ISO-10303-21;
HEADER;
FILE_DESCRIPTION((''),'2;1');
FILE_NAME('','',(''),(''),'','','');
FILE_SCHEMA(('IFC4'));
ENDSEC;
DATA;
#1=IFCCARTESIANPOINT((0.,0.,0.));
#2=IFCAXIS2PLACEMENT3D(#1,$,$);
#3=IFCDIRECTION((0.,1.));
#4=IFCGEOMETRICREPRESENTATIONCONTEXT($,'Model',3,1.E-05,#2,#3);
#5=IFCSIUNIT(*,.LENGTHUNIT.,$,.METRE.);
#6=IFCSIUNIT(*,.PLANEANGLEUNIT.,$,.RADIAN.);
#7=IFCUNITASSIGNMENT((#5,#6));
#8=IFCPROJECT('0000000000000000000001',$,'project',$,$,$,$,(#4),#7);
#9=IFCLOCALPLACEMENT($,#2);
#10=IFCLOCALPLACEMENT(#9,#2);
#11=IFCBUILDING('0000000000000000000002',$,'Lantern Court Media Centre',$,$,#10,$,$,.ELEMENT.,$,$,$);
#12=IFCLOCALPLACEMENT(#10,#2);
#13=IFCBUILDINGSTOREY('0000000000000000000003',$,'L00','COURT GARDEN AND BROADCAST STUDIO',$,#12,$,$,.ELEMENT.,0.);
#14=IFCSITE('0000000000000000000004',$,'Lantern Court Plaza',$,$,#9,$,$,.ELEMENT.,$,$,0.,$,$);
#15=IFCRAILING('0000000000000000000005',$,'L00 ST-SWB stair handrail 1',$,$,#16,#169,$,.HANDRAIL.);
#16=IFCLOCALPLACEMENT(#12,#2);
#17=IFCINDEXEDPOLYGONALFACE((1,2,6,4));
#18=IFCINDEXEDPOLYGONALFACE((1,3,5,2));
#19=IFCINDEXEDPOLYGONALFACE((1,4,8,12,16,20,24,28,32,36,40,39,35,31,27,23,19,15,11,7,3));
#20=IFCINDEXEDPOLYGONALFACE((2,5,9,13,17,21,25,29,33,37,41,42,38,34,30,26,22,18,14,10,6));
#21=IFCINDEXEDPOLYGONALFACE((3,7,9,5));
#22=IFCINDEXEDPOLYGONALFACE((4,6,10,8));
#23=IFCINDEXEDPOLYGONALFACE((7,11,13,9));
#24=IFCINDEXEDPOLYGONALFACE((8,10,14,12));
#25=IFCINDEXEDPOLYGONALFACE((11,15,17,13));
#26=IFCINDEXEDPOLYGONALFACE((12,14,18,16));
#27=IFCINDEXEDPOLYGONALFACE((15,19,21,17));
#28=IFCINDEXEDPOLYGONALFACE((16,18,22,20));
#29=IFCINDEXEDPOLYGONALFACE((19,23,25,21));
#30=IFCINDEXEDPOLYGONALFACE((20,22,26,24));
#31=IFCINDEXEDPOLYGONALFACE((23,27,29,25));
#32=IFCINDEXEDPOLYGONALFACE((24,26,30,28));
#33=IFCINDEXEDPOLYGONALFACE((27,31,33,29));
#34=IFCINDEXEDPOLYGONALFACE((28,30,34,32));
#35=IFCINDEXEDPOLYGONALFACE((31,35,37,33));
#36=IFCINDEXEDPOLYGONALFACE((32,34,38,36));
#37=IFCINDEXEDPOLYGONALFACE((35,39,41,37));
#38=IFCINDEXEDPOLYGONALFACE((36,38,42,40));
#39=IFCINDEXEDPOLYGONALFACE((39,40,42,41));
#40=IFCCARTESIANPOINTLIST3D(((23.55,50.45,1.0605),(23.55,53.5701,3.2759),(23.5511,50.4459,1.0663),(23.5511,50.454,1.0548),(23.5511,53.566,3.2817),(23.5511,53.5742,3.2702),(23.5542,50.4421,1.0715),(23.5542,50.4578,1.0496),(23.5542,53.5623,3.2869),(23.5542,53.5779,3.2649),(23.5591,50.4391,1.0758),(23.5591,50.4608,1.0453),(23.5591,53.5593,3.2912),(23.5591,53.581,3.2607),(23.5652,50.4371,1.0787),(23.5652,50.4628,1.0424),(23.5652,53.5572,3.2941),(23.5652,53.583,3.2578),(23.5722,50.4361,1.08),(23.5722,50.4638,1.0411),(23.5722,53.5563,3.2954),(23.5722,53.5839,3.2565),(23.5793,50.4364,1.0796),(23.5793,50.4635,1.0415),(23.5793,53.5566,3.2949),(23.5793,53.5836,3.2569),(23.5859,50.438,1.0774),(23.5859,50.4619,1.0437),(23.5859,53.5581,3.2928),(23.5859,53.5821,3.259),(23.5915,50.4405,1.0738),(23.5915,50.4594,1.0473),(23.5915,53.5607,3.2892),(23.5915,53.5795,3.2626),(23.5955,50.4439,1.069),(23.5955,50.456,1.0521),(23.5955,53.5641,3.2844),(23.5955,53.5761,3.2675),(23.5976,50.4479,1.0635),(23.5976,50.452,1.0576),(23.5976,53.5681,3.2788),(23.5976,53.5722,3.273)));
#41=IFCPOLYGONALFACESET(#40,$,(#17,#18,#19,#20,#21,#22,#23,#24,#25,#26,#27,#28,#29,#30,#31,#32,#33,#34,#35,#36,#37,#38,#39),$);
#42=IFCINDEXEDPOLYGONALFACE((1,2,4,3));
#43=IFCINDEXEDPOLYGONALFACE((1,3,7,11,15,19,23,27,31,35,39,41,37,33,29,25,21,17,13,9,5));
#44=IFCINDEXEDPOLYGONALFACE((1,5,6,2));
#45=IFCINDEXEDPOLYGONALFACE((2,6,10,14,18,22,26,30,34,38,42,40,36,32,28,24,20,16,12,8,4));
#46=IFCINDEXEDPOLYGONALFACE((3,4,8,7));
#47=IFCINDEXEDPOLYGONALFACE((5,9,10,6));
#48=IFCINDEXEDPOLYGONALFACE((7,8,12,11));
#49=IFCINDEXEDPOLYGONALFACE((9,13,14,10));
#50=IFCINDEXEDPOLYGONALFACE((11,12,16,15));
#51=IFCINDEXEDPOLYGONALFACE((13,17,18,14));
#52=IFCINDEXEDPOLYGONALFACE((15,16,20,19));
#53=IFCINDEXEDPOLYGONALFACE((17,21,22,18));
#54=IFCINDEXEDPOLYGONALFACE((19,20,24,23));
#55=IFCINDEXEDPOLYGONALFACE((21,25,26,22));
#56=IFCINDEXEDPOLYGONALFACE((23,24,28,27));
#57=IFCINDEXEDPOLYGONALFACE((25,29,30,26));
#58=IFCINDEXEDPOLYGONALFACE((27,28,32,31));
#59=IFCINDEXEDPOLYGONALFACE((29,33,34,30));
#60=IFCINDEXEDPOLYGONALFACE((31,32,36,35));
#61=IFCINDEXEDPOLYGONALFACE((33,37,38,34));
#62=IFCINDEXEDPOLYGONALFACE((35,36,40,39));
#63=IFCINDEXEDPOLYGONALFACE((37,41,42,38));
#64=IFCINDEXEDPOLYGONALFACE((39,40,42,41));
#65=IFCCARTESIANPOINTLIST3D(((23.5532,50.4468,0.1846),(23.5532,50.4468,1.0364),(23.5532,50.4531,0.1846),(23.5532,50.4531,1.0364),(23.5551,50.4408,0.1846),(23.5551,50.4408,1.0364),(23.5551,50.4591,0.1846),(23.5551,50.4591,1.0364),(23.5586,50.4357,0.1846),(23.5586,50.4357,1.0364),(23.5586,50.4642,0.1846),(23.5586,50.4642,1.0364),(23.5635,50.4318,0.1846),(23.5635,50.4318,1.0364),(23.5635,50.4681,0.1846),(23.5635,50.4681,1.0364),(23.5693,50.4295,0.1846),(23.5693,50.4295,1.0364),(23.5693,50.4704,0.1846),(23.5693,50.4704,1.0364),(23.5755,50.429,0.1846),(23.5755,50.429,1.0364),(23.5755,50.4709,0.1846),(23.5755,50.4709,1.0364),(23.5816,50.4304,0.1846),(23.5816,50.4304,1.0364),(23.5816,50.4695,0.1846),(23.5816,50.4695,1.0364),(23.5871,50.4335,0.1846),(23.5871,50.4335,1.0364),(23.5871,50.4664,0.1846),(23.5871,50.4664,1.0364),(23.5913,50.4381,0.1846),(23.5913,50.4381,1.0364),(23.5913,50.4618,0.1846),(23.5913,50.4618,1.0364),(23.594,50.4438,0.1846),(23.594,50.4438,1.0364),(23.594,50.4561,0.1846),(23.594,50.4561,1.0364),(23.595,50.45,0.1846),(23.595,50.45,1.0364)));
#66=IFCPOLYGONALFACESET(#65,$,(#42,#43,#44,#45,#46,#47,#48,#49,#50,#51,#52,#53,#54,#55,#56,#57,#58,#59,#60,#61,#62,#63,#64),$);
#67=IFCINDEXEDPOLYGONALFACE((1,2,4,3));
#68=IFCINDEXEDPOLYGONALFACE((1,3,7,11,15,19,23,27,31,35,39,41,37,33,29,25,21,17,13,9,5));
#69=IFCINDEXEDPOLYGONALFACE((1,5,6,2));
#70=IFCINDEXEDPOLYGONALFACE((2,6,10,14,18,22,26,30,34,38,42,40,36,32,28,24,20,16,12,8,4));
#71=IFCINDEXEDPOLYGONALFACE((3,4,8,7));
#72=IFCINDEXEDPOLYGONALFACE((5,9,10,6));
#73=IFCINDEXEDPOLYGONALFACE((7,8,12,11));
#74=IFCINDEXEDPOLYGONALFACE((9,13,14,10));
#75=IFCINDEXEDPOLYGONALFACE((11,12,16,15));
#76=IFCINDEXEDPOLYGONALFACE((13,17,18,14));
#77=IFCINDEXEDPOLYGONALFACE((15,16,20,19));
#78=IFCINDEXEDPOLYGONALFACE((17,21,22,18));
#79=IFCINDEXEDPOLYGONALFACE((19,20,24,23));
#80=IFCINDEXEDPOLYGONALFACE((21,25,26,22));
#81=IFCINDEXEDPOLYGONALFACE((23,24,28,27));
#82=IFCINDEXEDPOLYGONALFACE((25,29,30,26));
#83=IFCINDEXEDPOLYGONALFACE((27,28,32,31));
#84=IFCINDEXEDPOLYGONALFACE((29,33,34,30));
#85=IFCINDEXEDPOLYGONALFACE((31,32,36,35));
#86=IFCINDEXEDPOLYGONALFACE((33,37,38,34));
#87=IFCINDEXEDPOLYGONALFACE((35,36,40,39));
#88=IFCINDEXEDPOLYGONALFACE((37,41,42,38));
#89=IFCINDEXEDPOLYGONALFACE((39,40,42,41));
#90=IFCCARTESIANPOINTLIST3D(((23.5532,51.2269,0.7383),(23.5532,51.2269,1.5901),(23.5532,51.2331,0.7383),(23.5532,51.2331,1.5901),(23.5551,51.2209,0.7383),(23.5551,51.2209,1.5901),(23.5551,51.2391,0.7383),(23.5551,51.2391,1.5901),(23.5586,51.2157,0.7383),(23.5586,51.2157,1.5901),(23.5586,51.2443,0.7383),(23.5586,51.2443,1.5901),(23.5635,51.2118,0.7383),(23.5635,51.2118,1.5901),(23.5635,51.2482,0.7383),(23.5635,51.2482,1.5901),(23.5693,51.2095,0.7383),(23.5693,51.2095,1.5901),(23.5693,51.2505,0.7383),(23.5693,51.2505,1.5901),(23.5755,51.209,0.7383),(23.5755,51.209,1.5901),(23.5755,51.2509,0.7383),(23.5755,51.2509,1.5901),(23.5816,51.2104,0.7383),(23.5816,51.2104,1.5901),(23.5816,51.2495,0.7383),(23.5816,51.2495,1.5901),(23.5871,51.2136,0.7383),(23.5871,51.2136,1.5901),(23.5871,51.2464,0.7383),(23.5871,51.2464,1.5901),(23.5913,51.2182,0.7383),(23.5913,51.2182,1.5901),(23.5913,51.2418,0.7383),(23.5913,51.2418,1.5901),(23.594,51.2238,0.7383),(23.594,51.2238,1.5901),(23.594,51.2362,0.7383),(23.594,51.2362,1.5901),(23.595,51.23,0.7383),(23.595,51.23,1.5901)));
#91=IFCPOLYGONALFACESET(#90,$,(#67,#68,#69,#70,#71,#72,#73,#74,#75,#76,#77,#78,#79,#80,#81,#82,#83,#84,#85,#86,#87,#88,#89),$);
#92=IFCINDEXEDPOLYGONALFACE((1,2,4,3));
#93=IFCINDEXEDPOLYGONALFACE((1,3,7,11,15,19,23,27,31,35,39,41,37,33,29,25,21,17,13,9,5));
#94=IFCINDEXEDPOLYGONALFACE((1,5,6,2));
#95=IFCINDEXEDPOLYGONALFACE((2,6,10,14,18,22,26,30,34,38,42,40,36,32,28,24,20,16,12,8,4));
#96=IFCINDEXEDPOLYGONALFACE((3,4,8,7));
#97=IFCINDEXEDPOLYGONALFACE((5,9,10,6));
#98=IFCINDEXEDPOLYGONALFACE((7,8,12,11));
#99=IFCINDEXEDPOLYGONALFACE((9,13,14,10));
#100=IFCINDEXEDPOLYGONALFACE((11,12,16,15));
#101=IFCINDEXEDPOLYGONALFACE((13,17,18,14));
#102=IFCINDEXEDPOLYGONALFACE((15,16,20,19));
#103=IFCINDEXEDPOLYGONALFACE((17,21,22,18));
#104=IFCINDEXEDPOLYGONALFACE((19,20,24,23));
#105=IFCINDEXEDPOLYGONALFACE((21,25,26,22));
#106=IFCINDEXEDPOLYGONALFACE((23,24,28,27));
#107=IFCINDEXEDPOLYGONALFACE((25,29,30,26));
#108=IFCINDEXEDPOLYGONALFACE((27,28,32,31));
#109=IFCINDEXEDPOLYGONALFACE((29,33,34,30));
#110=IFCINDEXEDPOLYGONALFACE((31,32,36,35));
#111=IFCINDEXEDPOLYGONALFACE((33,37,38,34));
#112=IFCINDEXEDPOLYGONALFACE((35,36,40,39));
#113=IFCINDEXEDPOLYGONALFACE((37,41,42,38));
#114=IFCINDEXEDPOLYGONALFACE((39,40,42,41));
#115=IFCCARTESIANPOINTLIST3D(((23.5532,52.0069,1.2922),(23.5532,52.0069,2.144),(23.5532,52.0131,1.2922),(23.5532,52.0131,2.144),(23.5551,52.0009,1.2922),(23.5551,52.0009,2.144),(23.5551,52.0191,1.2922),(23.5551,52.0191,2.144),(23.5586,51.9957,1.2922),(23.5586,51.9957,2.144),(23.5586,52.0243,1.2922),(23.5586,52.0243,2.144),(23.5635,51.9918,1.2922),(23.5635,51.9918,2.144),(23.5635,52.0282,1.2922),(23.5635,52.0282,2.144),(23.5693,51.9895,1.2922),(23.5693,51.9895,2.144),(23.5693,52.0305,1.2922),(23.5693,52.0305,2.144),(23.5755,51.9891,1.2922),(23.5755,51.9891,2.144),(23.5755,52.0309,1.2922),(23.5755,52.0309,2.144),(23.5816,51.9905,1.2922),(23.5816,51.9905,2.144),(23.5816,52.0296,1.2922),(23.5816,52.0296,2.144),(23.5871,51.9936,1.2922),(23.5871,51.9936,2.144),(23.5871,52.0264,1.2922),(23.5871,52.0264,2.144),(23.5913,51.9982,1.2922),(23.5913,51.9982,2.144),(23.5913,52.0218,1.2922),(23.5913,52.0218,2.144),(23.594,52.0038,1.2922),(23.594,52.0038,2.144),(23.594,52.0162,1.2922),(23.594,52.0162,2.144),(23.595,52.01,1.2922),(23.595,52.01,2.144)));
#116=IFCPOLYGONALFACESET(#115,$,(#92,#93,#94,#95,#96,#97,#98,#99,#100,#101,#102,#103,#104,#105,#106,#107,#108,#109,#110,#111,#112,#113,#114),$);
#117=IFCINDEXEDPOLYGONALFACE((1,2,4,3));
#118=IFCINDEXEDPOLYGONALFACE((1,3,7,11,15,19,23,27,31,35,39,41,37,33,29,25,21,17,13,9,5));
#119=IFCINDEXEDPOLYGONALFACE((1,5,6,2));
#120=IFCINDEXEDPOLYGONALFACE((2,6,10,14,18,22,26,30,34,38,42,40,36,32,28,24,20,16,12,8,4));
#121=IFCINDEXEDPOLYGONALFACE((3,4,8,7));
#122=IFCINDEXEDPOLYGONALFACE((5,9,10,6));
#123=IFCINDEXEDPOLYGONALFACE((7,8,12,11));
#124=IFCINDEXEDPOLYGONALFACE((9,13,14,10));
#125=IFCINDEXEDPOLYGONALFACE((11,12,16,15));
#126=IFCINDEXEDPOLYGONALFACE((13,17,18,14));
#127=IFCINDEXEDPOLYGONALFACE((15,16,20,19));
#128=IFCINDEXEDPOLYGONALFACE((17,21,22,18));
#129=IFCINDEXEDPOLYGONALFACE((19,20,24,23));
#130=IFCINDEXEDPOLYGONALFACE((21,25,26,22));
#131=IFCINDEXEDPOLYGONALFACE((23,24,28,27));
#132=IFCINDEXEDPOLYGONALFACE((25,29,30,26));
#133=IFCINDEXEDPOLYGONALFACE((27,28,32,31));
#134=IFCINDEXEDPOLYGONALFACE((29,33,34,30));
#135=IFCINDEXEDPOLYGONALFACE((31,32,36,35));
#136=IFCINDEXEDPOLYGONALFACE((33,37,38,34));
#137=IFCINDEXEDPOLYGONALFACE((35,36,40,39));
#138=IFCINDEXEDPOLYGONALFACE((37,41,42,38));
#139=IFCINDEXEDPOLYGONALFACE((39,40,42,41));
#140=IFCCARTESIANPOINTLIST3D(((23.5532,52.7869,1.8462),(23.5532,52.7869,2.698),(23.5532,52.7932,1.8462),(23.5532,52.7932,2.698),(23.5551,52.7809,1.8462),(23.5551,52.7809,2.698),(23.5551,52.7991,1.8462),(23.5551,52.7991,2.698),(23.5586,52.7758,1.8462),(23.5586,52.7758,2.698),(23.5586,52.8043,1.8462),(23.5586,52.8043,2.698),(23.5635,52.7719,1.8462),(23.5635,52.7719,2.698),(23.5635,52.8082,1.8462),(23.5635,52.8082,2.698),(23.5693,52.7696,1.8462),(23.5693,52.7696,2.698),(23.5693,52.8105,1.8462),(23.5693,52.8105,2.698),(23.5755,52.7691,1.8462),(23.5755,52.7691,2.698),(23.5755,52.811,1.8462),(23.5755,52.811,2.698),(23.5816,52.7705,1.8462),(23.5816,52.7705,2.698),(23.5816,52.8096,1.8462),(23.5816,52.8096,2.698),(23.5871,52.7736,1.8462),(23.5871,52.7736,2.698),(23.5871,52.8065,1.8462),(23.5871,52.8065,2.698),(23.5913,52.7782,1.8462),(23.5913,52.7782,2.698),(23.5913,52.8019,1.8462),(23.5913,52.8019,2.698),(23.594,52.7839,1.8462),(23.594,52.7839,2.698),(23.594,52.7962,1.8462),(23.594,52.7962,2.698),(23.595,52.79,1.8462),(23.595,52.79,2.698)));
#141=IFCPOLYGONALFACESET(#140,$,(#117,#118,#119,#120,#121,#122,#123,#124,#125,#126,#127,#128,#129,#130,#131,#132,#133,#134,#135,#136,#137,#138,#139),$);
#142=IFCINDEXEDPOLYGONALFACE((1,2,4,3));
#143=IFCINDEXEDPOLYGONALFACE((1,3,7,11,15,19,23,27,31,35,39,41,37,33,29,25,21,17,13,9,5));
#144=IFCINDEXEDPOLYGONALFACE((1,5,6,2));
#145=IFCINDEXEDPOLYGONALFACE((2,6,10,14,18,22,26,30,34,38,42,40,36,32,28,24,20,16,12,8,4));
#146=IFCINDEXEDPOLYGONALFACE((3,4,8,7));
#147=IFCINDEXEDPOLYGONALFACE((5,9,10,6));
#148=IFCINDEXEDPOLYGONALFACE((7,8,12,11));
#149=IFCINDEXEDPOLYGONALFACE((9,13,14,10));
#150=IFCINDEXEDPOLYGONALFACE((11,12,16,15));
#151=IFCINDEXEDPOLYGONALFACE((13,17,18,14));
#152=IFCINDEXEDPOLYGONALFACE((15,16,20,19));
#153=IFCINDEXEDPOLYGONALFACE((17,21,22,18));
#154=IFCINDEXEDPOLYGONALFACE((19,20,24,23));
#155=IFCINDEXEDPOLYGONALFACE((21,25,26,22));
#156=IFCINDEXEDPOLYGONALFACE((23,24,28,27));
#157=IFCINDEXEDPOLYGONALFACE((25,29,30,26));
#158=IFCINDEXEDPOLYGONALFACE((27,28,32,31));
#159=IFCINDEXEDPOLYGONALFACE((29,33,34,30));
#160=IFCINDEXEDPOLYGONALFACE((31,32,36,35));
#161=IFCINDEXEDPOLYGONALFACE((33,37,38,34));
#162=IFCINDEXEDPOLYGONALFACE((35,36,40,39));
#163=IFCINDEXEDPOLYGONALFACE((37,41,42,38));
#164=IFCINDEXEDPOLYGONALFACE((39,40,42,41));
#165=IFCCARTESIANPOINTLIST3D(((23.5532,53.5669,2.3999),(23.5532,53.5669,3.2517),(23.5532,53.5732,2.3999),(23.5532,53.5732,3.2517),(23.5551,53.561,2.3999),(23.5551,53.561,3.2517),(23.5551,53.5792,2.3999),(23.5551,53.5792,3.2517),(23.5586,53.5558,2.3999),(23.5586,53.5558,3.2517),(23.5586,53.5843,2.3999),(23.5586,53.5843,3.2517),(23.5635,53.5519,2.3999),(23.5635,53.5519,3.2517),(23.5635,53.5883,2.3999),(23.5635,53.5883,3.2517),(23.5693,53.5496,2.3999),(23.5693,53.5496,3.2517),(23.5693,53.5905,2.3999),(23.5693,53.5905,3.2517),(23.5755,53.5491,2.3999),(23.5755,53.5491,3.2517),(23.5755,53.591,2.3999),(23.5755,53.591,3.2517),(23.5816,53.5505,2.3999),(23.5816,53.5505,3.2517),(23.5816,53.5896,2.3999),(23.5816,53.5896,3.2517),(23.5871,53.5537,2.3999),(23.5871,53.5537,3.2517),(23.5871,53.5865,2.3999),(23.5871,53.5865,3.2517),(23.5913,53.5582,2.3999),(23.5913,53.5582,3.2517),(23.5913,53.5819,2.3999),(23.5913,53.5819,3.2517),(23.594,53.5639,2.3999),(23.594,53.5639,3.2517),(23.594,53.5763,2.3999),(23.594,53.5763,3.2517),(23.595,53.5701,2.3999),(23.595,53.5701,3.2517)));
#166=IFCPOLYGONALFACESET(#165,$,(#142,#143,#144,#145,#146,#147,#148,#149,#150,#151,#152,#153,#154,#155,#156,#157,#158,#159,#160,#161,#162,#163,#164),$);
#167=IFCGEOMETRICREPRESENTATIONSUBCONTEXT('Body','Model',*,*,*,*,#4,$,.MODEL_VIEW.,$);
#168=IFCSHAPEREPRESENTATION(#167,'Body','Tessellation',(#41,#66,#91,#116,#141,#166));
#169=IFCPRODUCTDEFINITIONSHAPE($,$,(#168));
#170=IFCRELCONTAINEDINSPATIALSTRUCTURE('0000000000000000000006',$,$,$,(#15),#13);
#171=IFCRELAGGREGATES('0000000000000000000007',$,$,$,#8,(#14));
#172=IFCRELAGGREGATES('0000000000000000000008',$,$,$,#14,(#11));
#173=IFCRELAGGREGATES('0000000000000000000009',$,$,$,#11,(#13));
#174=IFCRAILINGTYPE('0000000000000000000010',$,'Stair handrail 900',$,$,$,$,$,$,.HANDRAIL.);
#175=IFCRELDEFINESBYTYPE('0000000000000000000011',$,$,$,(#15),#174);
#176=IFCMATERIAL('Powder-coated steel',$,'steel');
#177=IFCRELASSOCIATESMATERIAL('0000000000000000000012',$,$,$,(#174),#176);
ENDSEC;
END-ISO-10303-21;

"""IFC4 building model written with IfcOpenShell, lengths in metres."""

from ifc_helpers import new_model, si_unit, direction, frame, origin, origin_2d, place, context, subcontext, project, spatial, circle, extrude, material, type_object, element, save


model = new_model("IFC4")

# Units and contexts
model_context = context("Model", 3, precision=1e-05, world=origin(), true_north=direction((0.0, 1.0)))
body_context = subcontext(model_context, "Body", "Model", "MODEL_VIEW")
ifc_project = project(units=[si_unit("LENGTHUNIT", "METRE"), si_unit("PLANEANGLEUNIT", "RADIAN")], contexts=[model_context])

# Site, building, storey
site_placement = place(None, origin())
site = spatial("IfcSite", under=ifc_project, at=site_placement, Name="Lantern Court Plaza", CompositionType="ELEMENT", RefElevation=0.0)
building_placement = place(site_placement, origin())
building = spatial("IfcBuilding", under=site, at=building_placement, Name="Lantern Court Media Centre", CompositionType="ELEMENT")
storey_placement = place(building_placement, origin())
storey = spatial("IfcBuildingStorey", under=building, at=storey_placement, Name="L00", Description="COURT GARDEN AND BROADCAST STUDIO", CompositionType="ELEMENT", Elevation=0.0)

# Railing
ifc_material_1 = material(Name="Powder-coated steel", Category="steel")
railing_type_1 = type_object("IfcRailingType", Name="Stair handrail 900", PredefinedType="HANDRAIL", material=ifc_material_1)
for number, where, name in (
    (1, (23.574, 50.45, 0.1846), "L00 ST-SWB stair handrail 1"),
):
    element("IfcRailing", number, at=place(storey_placement, frame(where)), inside=storey, type_object=railing_type_1, Name=name, PredefinedType="HANDRAIL", context=body_context, shape_type="SweptSolid", body=[
        extrude(circle(Radius=0.0239, at=origin_2d()), frame((0.0, 0.0, 0.876), z_axis=(0.0, 0.815377, 0.57893), x_axis=(-1.0, 0.0, 0.0)), (0.0, 0.0, 1.0), 3.8267),
        extrude(circle(Radius=0.021, at=origin_2d()), origin(), (0.0, 0.0, 1.0), 0.8518),
        extrude(circle(Radius=0.021, at=origin_2d()), frame((0.0, 0.78, 0.5537)), (0.0, 0.0, 1.0), 0.8518),
        extrude(circle(Radius=0.021, at=origin_2d()), frame((0.0, 1.5601, 1.1077)), (0.0, 0.0, 1.0), 0.8518),
        extrude(circle(Radius=0.021, at=origin_2d()), frame((0.0, 2.3401, 1.6616)), (0.0, 0.0, 1.0), 0.8518),
        extrude(circle(Radius=0.021, at=origin_2d()), frame((0.0, 3.1201, 2.2153)), (0.0, 0.0, 1.0), 0.8518),
    ])

save(model, "model.ifc")
